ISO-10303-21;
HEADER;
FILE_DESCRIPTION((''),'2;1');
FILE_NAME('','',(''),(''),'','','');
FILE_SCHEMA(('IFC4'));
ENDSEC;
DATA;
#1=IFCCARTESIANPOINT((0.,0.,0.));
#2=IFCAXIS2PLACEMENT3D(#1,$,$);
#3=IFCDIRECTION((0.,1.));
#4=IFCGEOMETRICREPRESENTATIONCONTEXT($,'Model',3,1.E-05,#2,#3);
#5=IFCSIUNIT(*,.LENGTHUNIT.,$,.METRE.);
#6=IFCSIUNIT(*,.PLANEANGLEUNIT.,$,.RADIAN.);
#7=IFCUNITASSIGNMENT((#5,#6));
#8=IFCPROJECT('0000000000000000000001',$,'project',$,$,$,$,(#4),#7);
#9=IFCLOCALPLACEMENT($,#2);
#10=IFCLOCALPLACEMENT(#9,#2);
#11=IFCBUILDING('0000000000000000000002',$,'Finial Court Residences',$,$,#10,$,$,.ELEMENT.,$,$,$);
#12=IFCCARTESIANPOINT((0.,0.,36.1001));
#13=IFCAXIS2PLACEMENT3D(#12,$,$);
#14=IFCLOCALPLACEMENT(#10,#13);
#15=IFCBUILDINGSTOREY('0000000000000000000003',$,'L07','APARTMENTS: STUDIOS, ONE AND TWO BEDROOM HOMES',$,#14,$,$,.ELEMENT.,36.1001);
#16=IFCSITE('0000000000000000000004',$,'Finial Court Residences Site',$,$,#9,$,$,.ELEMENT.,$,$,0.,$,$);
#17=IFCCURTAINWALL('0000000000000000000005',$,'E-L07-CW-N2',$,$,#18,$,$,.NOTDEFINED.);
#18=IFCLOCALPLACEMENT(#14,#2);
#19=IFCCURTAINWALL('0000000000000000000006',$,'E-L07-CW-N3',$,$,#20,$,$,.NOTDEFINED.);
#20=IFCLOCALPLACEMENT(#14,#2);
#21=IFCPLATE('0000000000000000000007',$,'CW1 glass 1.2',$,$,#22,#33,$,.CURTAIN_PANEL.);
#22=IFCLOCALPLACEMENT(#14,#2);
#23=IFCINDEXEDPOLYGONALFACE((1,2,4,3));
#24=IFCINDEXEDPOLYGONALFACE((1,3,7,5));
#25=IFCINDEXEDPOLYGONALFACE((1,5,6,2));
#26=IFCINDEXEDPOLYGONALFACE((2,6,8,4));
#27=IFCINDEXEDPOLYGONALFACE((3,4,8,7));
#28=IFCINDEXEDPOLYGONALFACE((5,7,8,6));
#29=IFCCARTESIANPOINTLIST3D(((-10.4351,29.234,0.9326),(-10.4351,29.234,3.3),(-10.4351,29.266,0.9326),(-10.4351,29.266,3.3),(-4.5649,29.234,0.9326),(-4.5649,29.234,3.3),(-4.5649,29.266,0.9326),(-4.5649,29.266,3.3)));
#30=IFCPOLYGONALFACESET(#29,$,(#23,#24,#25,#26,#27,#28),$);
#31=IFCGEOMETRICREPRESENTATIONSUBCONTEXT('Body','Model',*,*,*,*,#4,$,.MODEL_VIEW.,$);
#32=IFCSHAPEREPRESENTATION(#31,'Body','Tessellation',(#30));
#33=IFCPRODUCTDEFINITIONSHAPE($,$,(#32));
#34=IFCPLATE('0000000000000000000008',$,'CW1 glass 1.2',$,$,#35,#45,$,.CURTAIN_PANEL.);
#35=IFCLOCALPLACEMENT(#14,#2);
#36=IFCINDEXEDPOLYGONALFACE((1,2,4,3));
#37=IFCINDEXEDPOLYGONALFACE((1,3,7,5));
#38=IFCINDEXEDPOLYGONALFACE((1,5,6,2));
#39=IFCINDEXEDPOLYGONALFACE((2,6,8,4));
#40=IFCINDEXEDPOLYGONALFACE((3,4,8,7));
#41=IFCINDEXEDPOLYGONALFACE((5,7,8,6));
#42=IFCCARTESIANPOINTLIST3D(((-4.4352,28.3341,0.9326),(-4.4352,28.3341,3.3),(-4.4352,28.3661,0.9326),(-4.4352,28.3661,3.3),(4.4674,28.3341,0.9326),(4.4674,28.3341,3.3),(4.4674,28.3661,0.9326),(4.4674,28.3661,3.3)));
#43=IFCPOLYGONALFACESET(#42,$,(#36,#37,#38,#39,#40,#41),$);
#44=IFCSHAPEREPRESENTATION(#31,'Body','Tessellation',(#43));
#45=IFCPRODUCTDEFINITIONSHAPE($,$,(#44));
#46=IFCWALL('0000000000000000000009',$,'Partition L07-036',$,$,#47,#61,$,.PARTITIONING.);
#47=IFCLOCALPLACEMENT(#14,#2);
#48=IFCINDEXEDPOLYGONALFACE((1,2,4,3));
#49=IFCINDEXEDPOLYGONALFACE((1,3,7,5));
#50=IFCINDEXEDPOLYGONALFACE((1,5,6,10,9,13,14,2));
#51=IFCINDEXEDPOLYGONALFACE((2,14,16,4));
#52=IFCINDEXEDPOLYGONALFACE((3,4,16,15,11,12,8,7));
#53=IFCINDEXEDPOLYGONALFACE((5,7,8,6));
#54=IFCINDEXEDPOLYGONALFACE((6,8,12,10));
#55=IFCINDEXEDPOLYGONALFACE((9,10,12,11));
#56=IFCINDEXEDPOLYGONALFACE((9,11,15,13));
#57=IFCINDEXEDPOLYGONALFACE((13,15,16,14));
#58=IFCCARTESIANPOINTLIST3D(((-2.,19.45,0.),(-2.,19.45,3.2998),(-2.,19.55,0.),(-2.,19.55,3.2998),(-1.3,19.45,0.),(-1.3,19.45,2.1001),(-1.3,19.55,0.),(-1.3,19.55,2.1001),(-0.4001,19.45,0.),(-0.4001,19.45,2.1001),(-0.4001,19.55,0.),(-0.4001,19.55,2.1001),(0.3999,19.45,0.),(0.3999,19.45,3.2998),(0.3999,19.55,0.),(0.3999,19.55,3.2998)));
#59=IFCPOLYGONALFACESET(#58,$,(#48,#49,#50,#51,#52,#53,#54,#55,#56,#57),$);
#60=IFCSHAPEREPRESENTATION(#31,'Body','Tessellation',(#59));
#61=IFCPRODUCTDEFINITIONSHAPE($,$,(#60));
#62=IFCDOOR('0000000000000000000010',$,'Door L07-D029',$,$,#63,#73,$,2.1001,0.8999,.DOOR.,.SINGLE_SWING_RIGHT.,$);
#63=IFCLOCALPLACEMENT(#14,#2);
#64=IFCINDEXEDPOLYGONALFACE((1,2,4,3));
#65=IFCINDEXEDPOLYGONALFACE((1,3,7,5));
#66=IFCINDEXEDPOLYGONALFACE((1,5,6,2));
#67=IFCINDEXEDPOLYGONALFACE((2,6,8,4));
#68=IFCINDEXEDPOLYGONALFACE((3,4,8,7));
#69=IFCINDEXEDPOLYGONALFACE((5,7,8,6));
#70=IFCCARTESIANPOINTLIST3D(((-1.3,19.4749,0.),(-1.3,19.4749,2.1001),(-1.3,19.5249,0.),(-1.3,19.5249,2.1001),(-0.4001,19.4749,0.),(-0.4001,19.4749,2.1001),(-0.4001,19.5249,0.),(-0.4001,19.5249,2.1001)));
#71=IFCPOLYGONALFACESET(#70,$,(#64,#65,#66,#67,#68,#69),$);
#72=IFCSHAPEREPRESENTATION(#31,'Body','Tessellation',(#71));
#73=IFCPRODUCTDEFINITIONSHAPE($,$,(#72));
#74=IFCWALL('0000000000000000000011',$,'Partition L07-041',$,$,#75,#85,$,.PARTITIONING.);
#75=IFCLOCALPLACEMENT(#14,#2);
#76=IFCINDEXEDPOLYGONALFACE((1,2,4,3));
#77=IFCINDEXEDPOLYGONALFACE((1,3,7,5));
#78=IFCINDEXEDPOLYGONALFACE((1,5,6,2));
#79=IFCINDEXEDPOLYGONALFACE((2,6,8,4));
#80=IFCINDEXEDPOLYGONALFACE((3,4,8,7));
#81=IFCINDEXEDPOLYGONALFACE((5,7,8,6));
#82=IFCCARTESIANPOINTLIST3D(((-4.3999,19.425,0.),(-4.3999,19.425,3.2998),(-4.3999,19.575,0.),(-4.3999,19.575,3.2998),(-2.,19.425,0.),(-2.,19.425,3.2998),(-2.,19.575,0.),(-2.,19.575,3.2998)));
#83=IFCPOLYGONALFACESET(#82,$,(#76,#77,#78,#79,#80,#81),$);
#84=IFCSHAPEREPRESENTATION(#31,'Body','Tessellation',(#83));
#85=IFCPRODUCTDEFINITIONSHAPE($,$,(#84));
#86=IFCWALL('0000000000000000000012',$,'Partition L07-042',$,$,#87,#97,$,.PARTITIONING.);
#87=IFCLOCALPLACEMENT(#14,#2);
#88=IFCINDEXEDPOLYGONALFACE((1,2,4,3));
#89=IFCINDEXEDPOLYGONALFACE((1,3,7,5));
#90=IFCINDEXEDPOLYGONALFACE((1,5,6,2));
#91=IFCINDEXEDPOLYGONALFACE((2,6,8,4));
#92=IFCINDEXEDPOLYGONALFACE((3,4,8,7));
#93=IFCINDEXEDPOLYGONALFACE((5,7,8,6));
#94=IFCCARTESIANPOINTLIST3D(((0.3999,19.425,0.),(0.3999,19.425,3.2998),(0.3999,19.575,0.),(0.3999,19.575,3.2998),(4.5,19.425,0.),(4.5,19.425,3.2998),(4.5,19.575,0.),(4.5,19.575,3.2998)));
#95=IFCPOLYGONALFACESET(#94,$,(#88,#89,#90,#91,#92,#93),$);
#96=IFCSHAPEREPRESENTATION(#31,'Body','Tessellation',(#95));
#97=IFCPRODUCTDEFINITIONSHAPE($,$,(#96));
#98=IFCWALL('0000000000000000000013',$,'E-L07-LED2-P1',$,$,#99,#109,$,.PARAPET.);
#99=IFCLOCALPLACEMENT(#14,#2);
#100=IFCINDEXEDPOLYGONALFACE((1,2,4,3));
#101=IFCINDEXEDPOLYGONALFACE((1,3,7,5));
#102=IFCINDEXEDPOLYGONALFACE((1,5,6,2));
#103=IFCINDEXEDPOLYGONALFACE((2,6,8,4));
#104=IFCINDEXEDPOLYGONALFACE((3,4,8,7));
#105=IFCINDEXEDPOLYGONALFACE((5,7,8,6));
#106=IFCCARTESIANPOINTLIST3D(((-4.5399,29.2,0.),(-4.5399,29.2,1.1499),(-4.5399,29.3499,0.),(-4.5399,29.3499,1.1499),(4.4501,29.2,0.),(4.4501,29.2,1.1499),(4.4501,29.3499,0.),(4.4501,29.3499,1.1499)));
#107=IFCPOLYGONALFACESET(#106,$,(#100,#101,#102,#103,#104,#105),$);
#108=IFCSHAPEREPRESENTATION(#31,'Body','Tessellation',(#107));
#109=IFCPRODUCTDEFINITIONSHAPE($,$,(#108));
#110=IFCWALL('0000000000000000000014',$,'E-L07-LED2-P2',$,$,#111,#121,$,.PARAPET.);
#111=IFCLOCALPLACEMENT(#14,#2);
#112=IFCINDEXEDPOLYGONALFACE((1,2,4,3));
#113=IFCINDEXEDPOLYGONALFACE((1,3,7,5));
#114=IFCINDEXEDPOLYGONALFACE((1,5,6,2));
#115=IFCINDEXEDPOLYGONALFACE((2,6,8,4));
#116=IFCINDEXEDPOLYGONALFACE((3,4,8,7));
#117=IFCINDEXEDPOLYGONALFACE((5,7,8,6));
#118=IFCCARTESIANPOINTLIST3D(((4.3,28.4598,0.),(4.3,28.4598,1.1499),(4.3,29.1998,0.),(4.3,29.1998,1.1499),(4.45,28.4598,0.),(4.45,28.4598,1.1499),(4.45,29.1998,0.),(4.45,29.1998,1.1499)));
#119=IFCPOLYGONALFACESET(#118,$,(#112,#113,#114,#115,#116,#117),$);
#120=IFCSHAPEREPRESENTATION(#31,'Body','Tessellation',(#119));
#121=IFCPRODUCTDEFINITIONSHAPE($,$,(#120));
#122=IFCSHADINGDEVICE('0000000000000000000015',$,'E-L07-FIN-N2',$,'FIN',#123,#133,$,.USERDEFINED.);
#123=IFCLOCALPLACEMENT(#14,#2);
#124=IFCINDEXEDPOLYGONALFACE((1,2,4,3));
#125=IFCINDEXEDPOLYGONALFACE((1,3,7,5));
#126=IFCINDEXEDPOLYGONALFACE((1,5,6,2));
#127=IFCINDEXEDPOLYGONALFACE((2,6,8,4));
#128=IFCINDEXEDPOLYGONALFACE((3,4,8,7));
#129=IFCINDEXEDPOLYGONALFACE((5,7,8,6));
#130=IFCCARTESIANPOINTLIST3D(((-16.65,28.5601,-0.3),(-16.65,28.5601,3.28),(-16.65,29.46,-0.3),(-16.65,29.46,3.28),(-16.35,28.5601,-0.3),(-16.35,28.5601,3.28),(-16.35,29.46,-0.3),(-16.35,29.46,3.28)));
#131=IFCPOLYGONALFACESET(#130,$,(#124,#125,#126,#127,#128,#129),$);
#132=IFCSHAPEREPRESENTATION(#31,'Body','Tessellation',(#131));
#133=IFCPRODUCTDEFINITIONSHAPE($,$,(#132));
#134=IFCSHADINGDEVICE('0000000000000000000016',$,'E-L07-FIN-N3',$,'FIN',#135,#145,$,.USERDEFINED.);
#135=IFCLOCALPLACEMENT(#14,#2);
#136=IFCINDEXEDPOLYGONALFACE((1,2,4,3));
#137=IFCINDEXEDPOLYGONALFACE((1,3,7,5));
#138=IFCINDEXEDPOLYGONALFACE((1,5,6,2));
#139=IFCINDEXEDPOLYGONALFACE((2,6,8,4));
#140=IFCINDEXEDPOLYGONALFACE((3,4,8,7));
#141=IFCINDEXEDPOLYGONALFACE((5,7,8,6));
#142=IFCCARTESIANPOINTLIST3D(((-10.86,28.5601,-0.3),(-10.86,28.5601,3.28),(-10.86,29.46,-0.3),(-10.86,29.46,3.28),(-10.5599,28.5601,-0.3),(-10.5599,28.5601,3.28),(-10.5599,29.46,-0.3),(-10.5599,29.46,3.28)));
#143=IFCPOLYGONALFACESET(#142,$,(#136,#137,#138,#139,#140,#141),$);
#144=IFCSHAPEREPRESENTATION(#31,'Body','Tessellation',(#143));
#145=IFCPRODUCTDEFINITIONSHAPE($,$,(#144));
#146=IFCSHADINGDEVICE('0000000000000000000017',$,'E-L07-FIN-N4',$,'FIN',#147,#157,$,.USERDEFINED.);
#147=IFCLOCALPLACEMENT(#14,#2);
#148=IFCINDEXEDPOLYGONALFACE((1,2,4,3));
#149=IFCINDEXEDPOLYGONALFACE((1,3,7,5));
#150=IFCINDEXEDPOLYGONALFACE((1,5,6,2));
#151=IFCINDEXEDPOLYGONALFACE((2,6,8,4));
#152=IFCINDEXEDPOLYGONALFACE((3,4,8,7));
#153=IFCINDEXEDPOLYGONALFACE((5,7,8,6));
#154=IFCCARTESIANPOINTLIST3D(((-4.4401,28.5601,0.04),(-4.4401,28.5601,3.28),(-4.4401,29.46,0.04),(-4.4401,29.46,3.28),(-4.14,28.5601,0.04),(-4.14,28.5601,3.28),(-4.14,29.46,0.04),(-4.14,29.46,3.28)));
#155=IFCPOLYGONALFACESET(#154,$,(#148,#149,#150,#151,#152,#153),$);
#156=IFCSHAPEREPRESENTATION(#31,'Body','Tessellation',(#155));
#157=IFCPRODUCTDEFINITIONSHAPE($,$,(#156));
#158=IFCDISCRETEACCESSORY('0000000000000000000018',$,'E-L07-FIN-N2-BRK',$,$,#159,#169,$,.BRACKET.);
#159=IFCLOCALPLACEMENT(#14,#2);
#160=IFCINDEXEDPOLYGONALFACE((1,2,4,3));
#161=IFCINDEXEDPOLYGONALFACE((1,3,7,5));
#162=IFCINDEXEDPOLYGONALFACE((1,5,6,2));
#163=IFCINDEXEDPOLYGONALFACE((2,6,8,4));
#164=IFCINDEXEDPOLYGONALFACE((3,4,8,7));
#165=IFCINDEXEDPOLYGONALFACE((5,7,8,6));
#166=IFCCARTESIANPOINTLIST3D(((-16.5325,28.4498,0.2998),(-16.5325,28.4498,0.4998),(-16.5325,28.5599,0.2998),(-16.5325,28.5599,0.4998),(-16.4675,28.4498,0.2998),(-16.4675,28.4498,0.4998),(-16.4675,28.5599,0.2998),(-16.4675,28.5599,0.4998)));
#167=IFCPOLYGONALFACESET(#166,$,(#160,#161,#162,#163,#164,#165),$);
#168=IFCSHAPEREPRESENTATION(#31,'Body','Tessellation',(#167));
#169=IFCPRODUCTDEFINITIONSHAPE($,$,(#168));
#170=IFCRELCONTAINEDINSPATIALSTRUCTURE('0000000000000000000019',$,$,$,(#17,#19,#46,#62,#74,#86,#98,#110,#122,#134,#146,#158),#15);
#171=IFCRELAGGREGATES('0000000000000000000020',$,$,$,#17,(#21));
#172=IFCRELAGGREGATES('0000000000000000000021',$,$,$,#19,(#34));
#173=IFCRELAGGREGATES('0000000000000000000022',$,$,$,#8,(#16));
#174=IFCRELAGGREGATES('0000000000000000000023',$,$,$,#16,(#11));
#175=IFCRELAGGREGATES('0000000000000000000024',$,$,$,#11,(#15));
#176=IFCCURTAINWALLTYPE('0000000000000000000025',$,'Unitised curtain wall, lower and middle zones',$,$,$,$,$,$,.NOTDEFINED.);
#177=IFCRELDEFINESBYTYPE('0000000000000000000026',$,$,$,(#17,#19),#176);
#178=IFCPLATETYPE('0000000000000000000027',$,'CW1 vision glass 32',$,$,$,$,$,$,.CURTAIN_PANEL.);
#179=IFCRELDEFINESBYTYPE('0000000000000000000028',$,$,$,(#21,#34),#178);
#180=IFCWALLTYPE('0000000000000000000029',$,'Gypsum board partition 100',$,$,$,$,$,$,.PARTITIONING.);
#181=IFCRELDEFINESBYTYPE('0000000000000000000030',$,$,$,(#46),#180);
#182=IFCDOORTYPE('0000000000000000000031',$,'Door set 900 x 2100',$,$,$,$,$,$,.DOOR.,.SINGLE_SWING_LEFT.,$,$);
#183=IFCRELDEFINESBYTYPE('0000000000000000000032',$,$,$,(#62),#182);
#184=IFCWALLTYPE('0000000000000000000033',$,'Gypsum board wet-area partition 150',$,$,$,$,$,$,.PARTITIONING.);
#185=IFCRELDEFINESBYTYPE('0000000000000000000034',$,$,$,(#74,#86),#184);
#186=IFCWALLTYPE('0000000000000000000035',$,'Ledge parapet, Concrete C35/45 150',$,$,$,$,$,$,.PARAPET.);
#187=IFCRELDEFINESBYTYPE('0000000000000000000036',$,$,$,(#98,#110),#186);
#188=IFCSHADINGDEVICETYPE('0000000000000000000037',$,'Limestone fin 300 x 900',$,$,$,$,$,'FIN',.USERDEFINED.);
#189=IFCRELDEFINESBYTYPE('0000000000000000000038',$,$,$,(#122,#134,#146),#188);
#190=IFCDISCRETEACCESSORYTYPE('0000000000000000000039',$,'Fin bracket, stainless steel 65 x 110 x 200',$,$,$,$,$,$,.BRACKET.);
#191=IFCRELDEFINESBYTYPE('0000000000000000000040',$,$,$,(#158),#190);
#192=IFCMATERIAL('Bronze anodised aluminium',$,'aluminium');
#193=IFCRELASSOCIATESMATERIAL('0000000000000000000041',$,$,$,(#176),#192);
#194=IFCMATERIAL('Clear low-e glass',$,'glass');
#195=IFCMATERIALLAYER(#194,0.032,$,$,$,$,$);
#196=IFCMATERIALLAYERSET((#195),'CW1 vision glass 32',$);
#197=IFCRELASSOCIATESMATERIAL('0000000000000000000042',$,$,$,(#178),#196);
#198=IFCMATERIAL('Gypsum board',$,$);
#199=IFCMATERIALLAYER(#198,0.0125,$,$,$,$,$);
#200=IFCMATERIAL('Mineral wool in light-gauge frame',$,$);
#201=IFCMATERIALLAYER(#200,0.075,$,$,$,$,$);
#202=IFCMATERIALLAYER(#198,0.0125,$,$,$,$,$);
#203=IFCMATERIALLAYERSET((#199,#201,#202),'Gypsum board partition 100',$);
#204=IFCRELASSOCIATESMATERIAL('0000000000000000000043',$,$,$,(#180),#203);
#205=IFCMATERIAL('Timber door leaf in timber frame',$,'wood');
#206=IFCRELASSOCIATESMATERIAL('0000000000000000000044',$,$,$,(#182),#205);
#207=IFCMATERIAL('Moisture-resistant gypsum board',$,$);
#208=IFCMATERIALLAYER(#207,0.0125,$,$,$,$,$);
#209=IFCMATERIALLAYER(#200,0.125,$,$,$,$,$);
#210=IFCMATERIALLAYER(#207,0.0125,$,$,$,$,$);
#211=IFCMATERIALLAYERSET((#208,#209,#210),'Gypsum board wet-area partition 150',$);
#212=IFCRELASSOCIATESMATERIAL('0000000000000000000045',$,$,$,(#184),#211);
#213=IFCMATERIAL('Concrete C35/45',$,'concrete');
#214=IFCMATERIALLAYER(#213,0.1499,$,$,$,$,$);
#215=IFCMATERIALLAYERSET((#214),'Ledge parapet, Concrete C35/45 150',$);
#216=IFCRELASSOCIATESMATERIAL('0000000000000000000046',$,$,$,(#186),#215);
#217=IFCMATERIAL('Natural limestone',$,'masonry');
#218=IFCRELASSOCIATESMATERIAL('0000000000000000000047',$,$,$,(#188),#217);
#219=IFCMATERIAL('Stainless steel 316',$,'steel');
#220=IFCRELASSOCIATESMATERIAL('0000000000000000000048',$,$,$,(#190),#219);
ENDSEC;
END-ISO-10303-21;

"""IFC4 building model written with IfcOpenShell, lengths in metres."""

from ifc_helpers import new_model, si_unit, direction, frame, frame_2d, origin, origin_2d, place, context, subcontext, project, spatial, rectangle, extrude, material, layer, layer_set, type_object, element, fill, aggregate, save


model = new_model("IFC4")

# Units and contexts
model_context = context("Model", 3, precision=1e-05, world=origin(), true_north=direction((0.0, 1.0)))
body_context = subcontext(model_context, "Body", "Model", "MODEL_VIEW")
ifc_project = project(units=[si_unit("LENGTHUNIT", "METRE"), si_unit("PLANEANGLEUNIT", "RADIAN")], contexts=[model_context])

# Site, building, storey
site_placement = place(None, origin())
site = spatial("IfcSite", under=ifc_project, at=site_placement, Name="Finial Court Residences Site", CompositionType="ELEMENT", RefElevation=0.0)
building_placement = place(site_placement, origin())
building = spatial("IfcBuilding", under=site, at=building_placement, Name="Finial Court Residences", CompositionType="ELEMENT")
storey_placement = place(building_placement, frame((0.0, 0.0, 36.1001)))
storey = spatial("IfcBuildingStorey", under=building, at=storey_placement, Name="L07", Description="APARTMENTS: STUDIOS, ONE AND TWO BEDROOM HOMES", CompositionType="ELEMENT", Elevation=36.1001)

# Curtain wall
ifc_material_1 = material(Name="Bronze anodised aluminium", Category="aluminium")
curtain_wall_type = type_object("IfcCurtainWallType", Name="Unitised curtain wall, lower and middle zones", PredefinedType="NOTDEFINED", material=ifc_material_1)
curtain_wall_1_placement = place(storey_placement, origin())
curtain_wall_1 = element("IfcCurtainWall", 1, at=curtain_wall_1_placement, inside=storey, type_object=curtain_wall_type, Name="E-L07-CW-N2", PredefinedType="NOTDEFINED")

# Curtain wall
curtain_wall_2_placement = place(storey_placement, origin())
curtain_wall_2 = element("IfcCurtainWall", 2, at=curtain_wall_2_placement, inside=storey, type_object=curtain_wall_type, Name="E-L07-CW-N3", PredefinedType="NOTDEFINED")

# Plates
ifc_material_2 = material(Name="Clear low-e glass", Category="glass")
ifc_layer_1 = layer(ifc_material_2, 0.032)
ifc_layer_set_1 = layer_set([ifc_layer_1], Name="CW1 vision glass 32")
plate_type_1 = type_object("IfcPlateType", Name="CW1 vision glass 32", PredefinedType="CURTAIN_PANEL", material=ifc_layer_set_1)
plate_1_placement = place(storey_placement, frame((-7.5, 29.25, 0.9326), z_axis=(0.0, 0.0, 1.0), x_axis=(1.0, 0.0, 0.0)))
plate_1 = element("IfcPlate", 3, at=plate_1_placement, type_object=plate_type_1, Name="CW1 glass 1.2", PredefinedType="CURTAIN_PANEL", context=body_context, shape_type="SweptSolid", body=[
    extrude(rectangle(XDim=5.8701, YDim=0.032, at=origin_2d()), origin(), (0.0, 0.0, 1.0), 2.3674),
])
aggregate(curtain_wall_1, [plate_1])
plate_2_placement = place(storey_placement, frame((0.0161, 28.3501, 0.9326), z_axis=(0.0, 0.0, 1.0), x_axis=(1.0, 0.0, 0.0)))
plate_2 = element("IfcPlate", 4, at=plate_2_placement, type_object=plate_type_1, Name="CW1 glass 1.2", PredefinedType="CURTAIN_PANEL", context=body_context, shape_type="SweptSolid", body=[
    extrude(rectangle(XDim=8.9026, YDim=0.032, at=origin_2d()), origin(), (0.0, 0.0, 1.0), 2.3674),
])
aggregate(curtain_wall_2, [plate_2])

# Wall, opening, door
ifc_material_3 = material(Name="Gypsum board")
ifc_layer_2 = layer(ifc_material_3, 0.0125)
ifc_material_4 = material(Name="Mineral wool in light-gauge frame")
ifc_layer_3 = layer(ifc_material_4, 0.075)
ifc_layer_4 = layer(ifc_material_3, 0.0125)
ifc_layer_set_2 = layer_set([ifc_layer_2, ifc_layer_3, ifc_layer_4], Name="Gypsum board partition 100")
wall_type_1 = type_object("IfcWallType", Name="Gypsum board partition 100", PredefinedType="PARTITIONING", material=ifc_layer_set_2)
wall_1_placement = place(storey_placement, frame((-2.0, 19.5, 0.0), z_axis=(0.0, 0.0, 1.0), x_axis=(1.0, 0.0, 0.0)))
wall_1 = element("IfcWall", 5, at=wall_1_placement, inside=storey, type_object=wall_type_1, Name="Partition L07-036", PredefinedType="PARTITIONING", context=body_context, shape_type="SweptSolid", body=[
    extrude(rectangle(XDim=2.3999, YDim=0.1001, at=frame_2d((1.2, 0.0))), origin(), (0.0, 0.0, 1.0), 3.2998),
])
opening_placement = place(wall_1_placement, frame((0.7, 0.0, 0.0)))
opening = element("IfcOpeningElement", 6, at=opening_placement, cuts=wall_1, PredefinedType="OPENING", context=body_context, shape_type="SweptSolid", body=[
    extrude(rectangle(XDim=0.8999, YDim=2.1001, at=frame_2d((0.45, 1.05))), frame((0.0, 0.0601, 0.0), z_axis=(0.0, -1.0, 0.0), x_axis=(1.0, 0.0, 0.0)), (0.0, 0.0, 1.0), 0.1201),
])
ifc_material_5 = material(Name="Timber door leaf in timber frame", Category="wood")
door_type = type_object("IfcDoorType", Name="Door set 900 x 2100", OperationType="SINGLE_SWING_LEFT", PredefinedType="DOOR", material=ifc_material_5)
door_placement = place(opening_placement, origin())
door = element("IfcDoor", 7, at=door_placement, inside=storey, type_object=door_type, Name="Door L07-D029", OperationType="SINGLE_SWING_RIGHT", OverallHeight=2.1001, OverallWidth=0.8999, PredefinedType="DOOR", context=body_context, shape_type="SweptSolid", body=[
    extrude(rectangle(XDim=0.8999, YDim=2.1001, at=frame_2d((0.45, 1.05))), frame((0.0, 0.0249, 0.0), z_axis=(0.0, -1.0, 0.0), x_axis=(1.0, 0.0, 0.0)), (0.0, 0.0, 1.0), 0.05),
])
fill(opening, door)

# Walls
ifc_material_6 = material(Name="Moisture-resistant gypsum board")
ifc_layer_5 = layer(ifc_material_6, 0.0125)
ifc_layer_6 = layer(ifc_material_4, 0.125)
ifc_layer_7 = layer(ifc_material_6, 0.0125)
ifc_layer_set_3 = layer_set([ifc_layer_5, ifc_layer_6, ifc_layer_7], Name="Gypsum board wet-area partition 150")
wall_type_2 = type_object("IfcWallType", Name="Gypsum board wet-area partition 150", PredefinedType="PARTITIONING", material=ifc_layer_set_3)
wall_2_placement = place(storey_placement, frame((-4.3999, 19.5, 0.0), z_axis=(0.0, 0.0, 1.0), x_axis=(1.0, 0.0, 0.0)))
element("IfcWall", 8, at=wall_2_placement, inside=storey, type_object=wall_type_2, Name="Partition L07-041", PredefinedType="PARTITIONING", context=body_context, shape_type="SweptSolid", body=[
    extrude(rectangle(XDim=2.3999, YDim=0.1499, at=frame_2d((1.2, 0.0))), origin(), (0.0, 0.0, 1.0), 3.2998),
])
wall_3_placement = place(storey_placement, frame((0.3999, 19.5, 0.0), z_axis=(0.0, 0.0, 1.0), x_axis=(1.0, 0.0, 0.0)))
element("IfcWall", 9, at=wall_3_placement, inside=storey, type_object=wall_type_2, Name="Partition L07-042", PredefinedType="PARTITIONING", context=body_context, shape_type="SweptSolid", body=[
    extrude(rectangle(XDim=4.1001, YDim=0.1499, at=frame_2d((2.05, 0.0))), origin(), (0.0, 0.0, 1.0), 3.2998),
])
ifc_material_7 = material(Name="Concrete C35/45", Category="concrete")
ifc_layer_8 = layer(ifc_material_7, 0.1499)
ifc_layer_set_4 = layer_set([ifc_layer_8], Name="Ledge parapet, Concrete C35/45 150")
wall_type_3 = type_object("IfcWallType", Name="Ledge parapet, Concrete C35/45 150", PredefinedType="PARAPET", material=ifc_layer_set_4)
wall_4_placement = place(storey_placement, frame((-4.54, 29.2749, 0.0), z_axis=(0.0, 0.0, 1.0), x_axis=(1.0, 0.0, 0.0)))
element("IfcWall", 10, at=wall_4_placement, inside=storey, type_object=wall_type_3, Name="E-L07-LED2-P1", PredefinedType="PARAPET", context=body_context, shape_type="SweptSolid", body=[
    extrude(rectangle(XDim=8.99, YDim=0.1499, at=frame_2d((4.4951, 0.0))), origin(), (0.0, 0.0, 1.0), 1.1499),
])
wall_5_placement = place(storey_placement, frame((4.375, 29.2, 0.0), z_axis=(0.0, 0.0, 1.0), x_axis=(0.0, -1.0, 0.0)))
element("IfcWall", 11, at=wall_5_placement, inside=storey, type_object=wall_type_3, Name="E-L07-LED2-P2", PredefinedType="PARAPET", context=body_context, shape_type="SweptSolid", body=[
    extrude(rectangle(XDim=0.74, YDim=0.1499, at=frame_2d((0.3701, 0.0))), origin(), (0.0, 0.0, 1.0), 1.1499),
])

# Shading devices
ifc_material_8 = material(Name="Natural limestone", Category="masonry")
shading_device_type = type_object("IfcShadingDeviceType", Name="Limestone fin 300 x 900", ElementType="FIN", PredefinedType="USERDEFINED", material=ifc_material_8)
for number, where, z_axis, x_axis, name in (
    (12, (-16.5, 29.01, -0.3), (0.0, 0.0, 1.0), (1.0, 0.0, 0.0), "E-L07-FIN-N2"),
    (13, (-10.71, 29.01, -0.3), (0.0, 0.0, 1.0), (1.0, 0.0, 0.0), "E-L07-FIN-N3"),
):
    element("IfcShadingDevice", number, at=place(storey_placement, frame(where, z_axis=z_axis, x_axis=x_axis)), inside=storey, type_object=shading_device_type, Name=name, ObjectType="FIN", PredefinedType="USERDEFINED", context=body_context, shape_type="SweptSolid", body=[
        extrude(rectangle(XDim=0.3, YDim=0.8999, at=origin_2d()), origin(), (0.0, 0.0, 1.0), 3.5801),
    ])
shading_device_placement = place(storey_placement, frame((-4.29, 29.01, 0.04), z_axis=(0.0, 0.0, 1.0), x_axis=(1.0, 0.0, 0.0)))
element("IfcShadingDevice", 14, at=shading_device_placement, inside=storey, type_object=shading_device_type, Name="E-L07-FIN-N4", ObjectType="FIN", PredefinedType="USERDEFINED", context=body_context, shape_type="SweptSolid", body=[
    extrude(rectangle(XDim=0.3, YDim=0.8999, at=origin_2d()), origin(), (0.0, 0.0, 1.0), 3.24),
])

# Discrete accessory
ifc_material_9 = material(Name="Stainless steel 316", Category="steel")
discrete_accessory_type = type_object("IfcDiscreteAccessoryType", Name="Fin bracket, stainless steel 65 x 110 x 200", PredefinedType="BRACKET", material=ifc_material_9)
discrete_accessory_placement = place(storey_placement, frame((-16.5, 28.5049, 0.2998), z_axis=(0.0, 0.0, 1.0), x_axis=(1.0, 0.0, 0.0)))
element("IfcDiscreteAccessory", 15, at=discrete_accessory_placement, inside=storey, type_object=discrete_accessory_type, Name="E-L07-FIN-N2-BRK", PredefinedType="BRACKET", context=body_context, shape_type="SweptSolid", body=[
    extrude(rectangle(XDim=0.0649, YDim=0.1101, at=origin_2d()), origin(), (0.0, 0.0, 1.0), 0.2),
])

save(model, "model.ifc")
